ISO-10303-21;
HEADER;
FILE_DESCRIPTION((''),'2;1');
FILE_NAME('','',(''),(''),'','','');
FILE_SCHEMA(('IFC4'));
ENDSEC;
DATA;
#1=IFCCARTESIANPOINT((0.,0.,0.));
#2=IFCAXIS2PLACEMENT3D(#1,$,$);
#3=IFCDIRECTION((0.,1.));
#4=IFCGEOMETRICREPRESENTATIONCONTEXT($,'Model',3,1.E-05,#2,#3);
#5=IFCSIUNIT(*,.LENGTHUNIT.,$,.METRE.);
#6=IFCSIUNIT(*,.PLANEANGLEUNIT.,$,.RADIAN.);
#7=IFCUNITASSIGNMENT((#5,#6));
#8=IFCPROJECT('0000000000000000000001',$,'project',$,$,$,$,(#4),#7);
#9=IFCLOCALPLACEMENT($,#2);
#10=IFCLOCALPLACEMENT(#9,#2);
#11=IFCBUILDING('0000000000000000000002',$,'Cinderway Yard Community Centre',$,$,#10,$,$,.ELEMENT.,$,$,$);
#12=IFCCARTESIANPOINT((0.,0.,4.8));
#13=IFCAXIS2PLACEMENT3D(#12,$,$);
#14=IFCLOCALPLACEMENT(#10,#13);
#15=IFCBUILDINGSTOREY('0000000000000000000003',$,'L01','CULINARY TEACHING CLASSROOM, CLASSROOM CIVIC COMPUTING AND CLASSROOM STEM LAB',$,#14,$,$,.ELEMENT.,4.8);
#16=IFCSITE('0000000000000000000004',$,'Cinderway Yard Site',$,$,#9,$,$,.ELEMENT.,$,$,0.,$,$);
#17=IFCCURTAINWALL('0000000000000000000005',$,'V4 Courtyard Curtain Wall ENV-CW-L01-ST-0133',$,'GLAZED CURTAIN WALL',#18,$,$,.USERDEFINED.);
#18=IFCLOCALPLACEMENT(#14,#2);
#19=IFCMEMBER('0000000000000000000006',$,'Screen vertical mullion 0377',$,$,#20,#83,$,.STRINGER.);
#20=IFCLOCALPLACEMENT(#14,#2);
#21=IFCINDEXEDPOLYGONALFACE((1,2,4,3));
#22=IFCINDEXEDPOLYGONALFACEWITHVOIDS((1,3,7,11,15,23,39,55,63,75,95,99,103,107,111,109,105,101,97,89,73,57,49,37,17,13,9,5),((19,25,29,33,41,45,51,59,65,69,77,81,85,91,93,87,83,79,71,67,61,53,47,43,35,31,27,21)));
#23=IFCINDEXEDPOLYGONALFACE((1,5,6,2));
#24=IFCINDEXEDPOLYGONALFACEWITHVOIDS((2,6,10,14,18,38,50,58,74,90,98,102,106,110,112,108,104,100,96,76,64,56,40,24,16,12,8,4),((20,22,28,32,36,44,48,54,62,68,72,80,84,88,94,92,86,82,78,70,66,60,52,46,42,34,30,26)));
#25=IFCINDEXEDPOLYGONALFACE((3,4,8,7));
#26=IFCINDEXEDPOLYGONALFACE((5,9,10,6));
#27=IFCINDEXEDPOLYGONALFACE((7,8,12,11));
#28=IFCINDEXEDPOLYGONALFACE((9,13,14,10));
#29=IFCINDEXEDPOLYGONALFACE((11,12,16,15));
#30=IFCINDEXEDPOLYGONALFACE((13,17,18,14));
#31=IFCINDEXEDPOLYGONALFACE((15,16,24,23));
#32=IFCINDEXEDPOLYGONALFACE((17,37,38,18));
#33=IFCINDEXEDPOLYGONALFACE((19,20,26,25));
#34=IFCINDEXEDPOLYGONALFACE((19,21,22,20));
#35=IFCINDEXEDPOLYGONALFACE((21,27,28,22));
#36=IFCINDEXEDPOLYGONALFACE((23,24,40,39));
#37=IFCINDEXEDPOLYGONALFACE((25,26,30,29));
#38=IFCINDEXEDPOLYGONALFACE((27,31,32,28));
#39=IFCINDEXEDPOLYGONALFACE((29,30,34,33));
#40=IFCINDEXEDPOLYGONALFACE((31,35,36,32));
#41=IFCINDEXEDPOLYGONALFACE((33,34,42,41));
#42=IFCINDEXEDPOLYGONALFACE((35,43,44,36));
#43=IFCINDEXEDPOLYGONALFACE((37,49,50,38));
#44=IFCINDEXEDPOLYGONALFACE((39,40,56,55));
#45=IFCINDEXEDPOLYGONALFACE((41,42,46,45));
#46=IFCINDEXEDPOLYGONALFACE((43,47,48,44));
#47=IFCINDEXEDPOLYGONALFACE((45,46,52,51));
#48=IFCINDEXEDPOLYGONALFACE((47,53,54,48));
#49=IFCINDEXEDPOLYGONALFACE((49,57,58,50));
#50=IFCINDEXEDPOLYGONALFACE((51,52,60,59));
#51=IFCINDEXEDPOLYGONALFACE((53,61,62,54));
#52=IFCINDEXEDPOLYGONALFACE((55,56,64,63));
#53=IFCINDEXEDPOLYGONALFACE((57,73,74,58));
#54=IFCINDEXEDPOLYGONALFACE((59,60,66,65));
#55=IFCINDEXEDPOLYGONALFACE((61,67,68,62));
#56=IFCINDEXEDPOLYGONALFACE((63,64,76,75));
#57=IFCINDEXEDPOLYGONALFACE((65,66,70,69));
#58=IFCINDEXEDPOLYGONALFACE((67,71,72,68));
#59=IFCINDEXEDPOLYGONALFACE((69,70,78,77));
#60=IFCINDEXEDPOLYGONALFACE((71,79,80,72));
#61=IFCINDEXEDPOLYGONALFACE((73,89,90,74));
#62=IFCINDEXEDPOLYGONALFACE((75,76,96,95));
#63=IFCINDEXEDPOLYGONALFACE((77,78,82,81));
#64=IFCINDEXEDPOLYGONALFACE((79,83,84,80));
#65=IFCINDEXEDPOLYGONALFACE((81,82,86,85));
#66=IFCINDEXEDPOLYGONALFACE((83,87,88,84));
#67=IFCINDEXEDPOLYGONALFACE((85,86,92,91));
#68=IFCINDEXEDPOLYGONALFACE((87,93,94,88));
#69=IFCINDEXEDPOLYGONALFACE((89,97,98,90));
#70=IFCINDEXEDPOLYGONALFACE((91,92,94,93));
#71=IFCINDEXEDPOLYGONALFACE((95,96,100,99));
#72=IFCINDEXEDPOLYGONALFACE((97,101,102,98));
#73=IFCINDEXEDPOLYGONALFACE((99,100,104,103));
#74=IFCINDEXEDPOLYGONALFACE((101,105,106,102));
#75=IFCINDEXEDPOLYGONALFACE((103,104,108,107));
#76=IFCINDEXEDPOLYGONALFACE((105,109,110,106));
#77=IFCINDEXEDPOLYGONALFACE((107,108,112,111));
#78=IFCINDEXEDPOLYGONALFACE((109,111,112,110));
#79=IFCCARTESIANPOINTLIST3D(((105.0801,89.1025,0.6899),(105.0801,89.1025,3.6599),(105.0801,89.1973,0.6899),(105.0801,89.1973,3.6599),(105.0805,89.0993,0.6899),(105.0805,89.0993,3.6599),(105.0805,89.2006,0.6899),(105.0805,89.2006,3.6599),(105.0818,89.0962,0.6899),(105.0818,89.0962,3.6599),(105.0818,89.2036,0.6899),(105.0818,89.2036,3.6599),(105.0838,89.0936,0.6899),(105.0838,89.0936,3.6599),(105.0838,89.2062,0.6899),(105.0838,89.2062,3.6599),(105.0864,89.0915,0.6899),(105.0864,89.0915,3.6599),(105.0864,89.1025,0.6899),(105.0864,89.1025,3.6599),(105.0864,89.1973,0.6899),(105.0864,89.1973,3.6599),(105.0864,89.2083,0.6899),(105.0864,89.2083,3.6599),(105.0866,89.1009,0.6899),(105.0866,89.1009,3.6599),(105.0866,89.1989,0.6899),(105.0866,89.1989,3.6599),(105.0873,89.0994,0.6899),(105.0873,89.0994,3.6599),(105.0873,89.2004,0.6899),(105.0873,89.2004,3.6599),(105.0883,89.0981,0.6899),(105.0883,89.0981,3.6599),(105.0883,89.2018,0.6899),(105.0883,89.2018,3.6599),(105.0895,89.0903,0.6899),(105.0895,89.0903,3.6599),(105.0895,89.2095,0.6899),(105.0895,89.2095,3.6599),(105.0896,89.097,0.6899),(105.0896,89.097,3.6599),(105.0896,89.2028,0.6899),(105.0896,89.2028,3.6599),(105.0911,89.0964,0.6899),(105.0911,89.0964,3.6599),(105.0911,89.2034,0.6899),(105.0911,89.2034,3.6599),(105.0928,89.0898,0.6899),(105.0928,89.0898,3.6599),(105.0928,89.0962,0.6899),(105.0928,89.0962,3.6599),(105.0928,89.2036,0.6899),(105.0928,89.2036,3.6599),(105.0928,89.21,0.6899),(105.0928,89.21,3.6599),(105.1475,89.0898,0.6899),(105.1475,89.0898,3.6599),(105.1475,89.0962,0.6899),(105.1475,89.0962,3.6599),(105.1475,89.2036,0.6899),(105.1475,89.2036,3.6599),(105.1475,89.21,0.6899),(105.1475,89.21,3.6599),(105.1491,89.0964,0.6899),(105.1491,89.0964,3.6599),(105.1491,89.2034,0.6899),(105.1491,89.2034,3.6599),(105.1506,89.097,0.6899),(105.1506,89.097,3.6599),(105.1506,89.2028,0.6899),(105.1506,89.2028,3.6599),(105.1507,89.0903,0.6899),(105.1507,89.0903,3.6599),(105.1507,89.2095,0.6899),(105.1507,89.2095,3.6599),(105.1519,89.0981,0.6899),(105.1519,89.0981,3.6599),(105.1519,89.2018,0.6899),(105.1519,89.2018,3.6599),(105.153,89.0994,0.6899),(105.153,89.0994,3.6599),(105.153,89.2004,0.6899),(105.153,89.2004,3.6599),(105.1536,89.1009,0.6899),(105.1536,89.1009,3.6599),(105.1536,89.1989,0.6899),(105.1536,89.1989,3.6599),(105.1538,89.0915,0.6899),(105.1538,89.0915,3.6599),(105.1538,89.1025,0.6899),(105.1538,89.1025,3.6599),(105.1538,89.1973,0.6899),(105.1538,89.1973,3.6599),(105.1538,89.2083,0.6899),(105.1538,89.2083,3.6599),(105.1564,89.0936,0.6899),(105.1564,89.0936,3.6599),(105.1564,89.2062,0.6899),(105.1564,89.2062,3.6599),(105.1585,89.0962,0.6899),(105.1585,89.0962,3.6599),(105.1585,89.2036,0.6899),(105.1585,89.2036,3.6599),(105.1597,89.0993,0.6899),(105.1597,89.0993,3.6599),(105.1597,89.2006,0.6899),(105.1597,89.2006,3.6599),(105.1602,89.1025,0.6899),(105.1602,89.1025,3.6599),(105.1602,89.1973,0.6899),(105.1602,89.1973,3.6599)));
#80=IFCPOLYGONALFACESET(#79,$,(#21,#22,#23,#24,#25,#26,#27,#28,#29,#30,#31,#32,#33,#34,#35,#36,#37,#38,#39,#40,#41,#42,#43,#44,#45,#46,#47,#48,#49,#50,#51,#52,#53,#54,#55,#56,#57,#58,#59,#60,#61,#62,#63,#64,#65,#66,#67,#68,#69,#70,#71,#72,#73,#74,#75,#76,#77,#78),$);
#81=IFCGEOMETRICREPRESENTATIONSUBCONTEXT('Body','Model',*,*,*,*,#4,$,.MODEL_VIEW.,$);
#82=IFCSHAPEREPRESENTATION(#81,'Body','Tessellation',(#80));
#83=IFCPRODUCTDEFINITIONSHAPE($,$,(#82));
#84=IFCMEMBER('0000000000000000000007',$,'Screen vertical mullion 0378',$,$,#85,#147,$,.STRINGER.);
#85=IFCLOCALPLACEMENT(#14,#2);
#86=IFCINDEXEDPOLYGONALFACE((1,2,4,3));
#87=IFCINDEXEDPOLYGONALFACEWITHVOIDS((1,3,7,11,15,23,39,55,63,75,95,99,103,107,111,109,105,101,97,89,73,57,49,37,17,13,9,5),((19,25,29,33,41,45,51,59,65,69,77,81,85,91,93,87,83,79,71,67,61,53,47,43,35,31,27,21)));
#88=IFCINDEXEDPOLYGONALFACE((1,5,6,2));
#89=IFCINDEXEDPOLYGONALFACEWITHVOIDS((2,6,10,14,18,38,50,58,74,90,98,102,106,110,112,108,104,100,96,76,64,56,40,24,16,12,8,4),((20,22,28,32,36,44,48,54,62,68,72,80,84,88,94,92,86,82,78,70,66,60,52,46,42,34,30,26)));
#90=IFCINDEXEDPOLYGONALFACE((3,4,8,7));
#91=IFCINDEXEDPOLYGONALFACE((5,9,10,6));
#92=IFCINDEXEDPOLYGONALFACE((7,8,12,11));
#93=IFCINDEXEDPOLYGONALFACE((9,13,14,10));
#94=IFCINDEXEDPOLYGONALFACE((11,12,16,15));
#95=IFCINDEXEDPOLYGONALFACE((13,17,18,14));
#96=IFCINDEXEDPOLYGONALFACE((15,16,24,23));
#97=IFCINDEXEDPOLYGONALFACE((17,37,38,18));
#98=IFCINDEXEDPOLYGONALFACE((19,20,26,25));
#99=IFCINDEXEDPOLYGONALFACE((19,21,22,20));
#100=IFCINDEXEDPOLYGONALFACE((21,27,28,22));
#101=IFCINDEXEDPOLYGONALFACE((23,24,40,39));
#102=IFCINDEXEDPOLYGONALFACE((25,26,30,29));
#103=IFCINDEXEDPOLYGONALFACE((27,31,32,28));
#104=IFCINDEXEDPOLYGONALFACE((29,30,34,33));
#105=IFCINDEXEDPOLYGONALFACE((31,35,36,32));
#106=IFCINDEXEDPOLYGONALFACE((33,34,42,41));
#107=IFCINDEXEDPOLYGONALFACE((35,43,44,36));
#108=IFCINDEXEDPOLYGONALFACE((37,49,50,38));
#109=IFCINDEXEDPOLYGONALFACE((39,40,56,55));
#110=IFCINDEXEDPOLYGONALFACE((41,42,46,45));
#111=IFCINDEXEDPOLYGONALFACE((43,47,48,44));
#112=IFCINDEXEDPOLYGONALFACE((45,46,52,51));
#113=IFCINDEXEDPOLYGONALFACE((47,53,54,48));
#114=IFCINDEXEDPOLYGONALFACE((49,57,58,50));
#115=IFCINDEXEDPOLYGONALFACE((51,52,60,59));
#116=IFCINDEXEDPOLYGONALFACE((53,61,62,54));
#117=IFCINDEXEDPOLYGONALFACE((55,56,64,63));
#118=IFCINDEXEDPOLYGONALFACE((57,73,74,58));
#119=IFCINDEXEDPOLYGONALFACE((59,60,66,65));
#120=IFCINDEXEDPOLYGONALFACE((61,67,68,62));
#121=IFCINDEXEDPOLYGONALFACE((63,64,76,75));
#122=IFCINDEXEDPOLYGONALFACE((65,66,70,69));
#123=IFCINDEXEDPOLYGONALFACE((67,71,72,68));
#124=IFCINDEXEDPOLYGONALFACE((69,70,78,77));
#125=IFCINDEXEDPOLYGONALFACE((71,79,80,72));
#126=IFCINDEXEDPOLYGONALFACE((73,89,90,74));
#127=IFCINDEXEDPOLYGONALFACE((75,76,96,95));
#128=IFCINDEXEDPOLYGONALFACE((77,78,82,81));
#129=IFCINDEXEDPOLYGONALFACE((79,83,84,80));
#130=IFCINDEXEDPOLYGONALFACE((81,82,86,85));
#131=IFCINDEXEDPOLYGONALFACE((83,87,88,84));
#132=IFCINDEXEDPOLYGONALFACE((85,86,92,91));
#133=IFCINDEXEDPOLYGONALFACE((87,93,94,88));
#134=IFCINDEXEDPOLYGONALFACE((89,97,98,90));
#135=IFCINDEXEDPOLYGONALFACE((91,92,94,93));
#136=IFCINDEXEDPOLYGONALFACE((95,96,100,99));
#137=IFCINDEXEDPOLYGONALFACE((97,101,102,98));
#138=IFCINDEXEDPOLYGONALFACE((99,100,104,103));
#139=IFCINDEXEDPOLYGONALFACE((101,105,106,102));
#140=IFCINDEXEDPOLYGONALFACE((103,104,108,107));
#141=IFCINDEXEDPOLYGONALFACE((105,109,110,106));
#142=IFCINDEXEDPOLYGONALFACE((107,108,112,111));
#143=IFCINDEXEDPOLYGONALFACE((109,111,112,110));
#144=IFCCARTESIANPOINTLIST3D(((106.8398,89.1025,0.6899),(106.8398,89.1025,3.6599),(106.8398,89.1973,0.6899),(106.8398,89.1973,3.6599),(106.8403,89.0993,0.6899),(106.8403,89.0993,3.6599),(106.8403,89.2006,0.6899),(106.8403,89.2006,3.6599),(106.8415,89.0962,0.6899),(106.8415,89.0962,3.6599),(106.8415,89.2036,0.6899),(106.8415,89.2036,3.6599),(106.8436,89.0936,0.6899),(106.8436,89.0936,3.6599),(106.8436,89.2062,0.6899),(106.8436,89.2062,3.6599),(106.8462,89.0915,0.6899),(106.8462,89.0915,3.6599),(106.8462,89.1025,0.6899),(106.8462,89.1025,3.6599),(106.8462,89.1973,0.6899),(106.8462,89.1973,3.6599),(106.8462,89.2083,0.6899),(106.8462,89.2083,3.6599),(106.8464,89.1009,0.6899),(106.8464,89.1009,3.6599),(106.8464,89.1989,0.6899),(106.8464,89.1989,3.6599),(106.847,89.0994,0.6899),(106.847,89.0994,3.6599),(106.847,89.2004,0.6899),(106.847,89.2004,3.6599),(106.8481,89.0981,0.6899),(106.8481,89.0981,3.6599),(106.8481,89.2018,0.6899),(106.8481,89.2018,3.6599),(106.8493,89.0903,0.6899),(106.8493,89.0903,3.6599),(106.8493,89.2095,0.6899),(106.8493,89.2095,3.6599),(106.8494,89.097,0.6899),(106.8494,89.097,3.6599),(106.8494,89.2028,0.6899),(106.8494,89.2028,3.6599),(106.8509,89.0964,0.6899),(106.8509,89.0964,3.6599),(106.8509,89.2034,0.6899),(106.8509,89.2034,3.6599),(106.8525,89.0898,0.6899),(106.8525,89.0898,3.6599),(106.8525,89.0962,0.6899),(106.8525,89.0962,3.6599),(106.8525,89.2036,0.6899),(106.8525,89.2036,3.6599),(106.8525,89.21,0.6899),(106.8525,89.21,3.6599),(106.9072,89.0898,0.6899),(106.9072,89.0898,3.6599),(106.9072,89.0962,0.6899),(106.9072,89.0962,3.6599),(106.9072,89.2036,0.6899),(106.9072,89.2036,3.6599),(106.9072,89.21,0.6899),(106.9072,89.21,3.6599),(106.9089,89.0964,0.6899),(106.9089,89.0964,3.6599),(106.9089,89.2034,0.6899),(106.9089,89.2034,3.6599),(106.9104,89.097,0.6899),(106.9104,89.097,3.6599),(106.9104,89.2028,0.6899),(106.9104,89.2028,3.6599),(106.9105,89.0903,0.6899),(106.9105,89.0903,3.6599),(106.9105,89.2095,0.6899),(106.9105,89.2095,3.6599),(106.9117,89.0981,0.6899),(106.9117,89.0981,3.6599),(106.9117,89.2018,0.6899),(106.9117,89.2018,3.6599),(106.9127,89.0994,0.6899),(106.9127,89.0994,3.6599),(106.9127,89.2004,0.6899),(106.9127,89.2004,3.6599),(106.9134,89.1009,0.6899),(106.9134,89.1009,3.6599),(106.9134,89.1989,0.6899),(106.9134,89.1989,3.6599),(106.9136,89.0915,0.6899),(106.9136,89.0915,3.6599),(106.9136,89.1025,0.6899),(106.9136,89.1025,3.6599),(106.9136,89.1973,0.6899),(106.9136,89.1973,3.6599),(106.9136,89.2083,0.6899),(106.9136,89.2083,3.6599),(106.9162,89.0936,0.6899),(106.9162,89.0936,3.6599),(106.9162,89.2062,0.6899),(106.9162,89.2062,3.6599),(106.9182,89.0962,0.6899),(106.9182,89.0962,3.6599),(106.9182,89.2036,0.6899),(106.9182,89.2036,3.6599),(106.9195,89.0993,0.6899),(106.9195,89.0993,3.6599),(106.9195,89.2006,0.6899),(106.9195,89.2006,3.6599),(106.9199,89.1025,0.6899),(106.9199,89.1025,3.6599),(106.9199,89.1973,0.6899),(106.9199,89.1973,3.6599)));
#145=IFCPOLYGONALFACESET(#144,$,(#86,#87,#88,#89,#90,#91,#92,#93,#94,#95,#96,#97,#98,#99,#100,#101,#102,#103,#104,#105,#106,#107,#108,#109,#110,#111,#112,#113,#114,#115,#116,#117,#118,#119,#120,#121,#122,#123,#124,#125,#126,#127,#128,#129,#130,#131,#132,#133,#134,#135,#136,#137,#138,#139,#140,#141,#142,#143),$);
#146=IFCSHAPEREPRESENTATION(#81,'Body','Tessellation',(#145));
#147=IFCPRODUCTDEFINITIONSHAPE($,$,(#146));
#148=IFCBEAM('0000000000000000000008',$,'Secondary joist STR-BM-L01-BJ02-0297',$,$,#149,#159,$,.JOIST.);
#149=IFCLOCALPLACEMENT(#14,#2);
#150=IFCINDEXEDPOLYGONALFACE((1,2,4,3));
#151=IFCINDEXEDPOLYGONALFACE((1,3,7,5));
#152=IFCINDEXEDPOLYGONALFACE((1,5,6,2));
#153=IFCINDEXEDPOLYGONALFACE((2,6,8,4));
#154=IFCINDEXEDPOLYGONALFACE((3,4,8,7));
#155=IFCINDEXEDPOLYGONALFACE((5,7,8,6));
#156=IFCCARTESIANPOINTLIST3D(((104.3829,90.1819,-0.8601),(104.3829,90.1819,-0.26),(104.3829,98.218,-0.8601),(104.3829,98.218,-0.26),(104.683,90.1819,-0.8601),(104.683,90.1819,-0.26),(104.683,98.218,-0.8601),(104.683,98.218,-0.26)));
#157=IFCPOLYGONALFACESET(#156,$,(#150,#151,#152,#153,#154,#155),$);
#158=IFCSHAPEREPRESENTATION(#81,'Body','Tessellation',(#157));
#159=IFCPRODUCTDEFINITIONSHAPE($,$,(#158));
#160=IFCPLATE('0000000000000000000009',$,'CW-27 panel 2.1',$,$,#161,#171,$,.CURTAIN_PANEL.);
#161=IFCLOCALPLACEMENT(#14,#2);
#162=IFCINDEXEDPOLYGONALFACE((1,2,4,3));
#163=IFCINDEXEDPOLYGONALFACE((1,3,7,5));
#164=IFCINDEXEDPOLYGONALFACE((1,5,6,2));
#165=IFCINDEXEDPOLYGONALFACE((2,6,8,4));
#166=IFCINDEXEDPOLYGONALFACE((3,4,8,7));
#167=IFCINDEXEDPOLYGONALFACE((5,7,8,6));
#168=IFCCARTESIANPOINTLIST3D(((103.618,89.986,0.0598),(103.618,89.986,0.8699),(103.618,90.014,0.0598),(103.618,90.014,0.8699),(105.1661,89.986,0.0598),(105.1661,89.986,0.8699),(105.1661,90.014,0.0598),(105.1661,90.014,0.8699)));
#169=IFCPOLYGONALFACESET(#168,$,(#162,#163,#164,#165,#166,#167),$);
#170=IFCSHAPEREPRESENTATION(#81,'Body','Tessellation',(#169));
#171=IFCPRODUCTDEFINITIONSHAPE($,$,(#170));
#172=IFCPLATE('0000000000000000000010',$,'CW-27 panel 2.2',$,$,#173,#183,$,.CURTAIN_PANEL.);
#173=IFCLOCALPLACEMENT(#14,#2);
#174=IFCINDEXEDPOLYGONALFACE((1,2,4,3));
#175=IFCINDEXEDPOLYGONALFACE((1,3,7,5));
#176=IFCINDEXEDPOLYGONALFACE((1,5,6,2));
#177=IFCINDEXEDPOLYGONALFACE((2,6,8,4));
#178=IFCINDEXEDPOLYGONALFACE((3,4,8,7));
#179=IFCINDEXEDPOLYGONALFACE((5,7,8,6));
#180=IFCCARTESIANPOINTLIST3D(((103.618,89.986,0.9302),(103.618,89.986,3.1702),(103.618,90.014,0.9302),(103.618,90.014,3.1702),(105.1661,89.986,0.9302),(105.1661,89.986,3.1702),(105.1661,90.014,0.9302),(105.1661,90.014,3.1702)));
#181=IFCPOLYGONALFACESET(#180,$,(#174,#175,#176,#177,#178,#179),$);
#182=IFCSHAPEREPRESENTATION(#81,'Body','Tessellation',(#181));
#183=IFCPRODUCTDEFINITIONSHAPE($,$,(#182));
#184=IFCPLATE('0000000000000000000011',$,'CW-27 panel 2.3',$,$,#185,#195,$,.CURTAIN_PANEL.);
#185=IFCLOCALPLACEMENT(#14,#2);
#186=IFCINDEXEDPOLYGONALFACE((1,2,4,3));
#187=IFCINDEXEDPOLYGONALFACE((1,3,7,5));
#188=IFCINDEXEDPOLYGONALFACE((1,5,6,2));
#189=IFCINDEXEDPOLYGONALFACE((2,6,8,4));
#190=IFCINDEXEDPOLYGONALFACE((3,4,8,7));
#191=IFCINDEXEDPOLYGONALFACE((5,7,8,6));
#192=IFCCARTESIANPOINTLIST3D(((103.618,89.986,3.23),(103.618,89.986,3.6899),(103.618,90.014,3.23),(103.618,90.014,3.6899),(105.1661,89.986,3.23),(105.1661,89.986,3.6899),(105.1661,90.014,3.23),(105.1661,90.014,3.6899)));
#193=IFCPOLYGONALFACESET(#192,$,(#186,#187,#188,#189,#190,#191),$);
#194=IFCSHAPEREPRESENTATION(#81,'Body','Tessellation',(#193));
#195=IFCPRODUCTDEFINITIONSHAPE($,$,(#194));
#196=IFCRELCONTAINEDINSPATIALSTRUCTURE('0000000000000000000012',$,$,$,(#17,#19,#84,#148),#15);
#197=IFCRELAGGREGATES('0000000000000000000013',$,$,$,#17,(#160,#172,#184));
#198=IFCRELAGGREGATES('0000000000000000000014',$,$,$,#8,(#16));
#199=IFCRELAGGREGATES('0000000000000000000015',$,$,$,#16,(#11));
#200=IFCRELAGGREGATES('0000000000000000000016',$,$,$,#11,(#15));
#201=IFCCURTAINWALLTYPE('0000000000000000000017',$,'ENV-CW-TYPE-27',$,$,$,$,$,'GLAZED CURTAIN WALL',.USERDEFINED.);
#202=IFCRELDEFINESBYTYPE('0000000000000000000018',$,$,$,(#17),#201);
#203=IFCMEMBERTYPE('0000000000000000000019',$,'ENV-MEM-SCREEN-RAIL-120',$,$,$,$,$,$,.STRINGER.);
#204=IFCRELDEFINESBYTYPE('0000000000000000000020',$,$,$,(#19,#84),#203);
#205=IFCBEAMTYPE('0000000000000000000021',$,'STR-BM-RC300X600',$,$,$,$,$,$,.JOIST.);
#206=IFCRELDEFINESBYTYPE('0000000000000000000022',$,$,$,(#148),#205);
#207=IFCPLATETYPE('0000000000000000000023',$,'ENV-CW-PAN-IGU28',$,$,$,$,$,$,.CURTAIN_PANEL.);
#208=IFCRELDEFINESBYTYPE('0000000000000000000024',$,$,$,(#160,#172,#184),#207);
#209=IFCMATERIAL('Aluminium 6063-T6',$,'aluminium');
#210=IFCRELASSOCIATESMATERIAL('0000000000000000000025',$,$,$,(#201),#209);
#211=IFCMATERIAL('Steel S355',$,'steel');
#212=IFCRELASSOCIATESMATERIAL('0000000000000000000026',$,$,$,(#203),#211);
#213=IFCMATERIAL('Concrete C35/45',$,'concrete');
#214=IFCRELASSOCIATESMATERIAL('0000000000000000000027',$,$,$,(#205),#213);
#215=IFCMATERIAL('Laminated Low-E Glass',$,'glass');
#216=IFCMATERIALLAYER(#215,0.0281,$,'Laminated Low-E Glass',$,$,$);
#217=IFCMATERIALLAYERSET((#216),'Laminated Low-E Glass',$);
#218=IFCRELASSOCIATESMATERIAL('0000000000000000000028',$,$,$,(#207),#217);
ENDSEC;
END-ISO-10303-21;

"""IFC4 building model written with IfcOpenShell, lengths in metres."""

from ifc_helpers import new_model, si_unit, direction, frame, origin, origin_2d, place, context, subcontext, project, spatial, rectangle, hollow_rectangle, extrude, material, layer, layer_set, material_profile, profile_set, type_object, element, aggregate, save


model = new_model("IFC4")

# Units and contexts
model_context = context("Model", 3, precision=1e-05, world=origin(), true_north=direction((0.0, 1.0)))
body_context = subcontext(model_context, "Body", "Model", "MODEL_VIEW")
ifc_project = project(units=[si_unit("LENGTHUNIT", "METRE"), si_unit("PLANEANGLEUNIT", "RADIAN")], contexts=[model_context])

# Site, building, storey
site_placement = place(None, origin())
site = spatial("IfcSite", under=ifc_project, at=site_placement, Name="Cinderway Yard Site", CompositionType="ELEMENT", RefElevation=0.0)
building_placement = place(site_placement, origin())
building = spatial("IfcBuilding", under=site, at=building_placement, Name="Cinderway Yard Community Centre", CompositionType="ELEMENT")
storey_placement = place(building_placement, frame((0.0, 0.0, 4.8)))
storey = spatial("IfcBuildingStorey", under=building, at=storey_placement, Name="L01", Description="CULINARY TEACHING CLASSROOM, CLASSROOM CIVIC COMPUTING AND CLASSROOM STEM LAB", CompositionType="ELEMENT", Elevation=4.8)

# Curtain wall
ifc_material_1 = material(Name="Aluminium 6063-T6", Category="aluminium")
curtain_wall_type = type_object("IfcCurtainWallType", Name="ENV-CW-TYPE-27", ElementType="GLAZED CURTAIN WALL", PredefinedType="USERDEFINED", material=ifc_material_1)
curtain_wall_placement = place(storey_placement, origin())
curtain_wall = element("IfcCurtainWall", 1, at=curtain_wall_placement, inside=storey, type_object=curtain_wall_type, Name="V4 Courtyard Curtain Wall ENV-CW-L01-ST-0133", ObjectType="GLAZED CURTAIN WALL", PredefinedType="USERDEFINED")

# Members
ifc_material_2 = material(Name="Steel S355", Category="steel")
ifc_material_profile_1 = material_profile(ifc_material_2, hollow_rectangle(XDim=0.0801, YDim=0.1201, WallThickness=0.0063, InnerFilletRadius=0.0063, OuterFilletRadius=0.0127, at=origin_2d()), Name="Steel S355")
ifc_profile_set_1 = profile_set([ifc_material_profile_1], Name="Steel S355")
member_type_1 = type_object("IfcMemberType", Name="ENV-MEM-SCREEN-RAIL-120", PredefinedType="STRINGER", material=ifc_profile_set_1)
for number, where, z_axis, x_axis, name in (
    (2, (105.1201, 89.1499, 0.6899), (0.0, 0.0, 1.0), (1.0, 0.0, 0.0), "Screen vertical mullion 0377"),
    (3, (106.8799, 89.1499, 0.6899), (0.0, 0.0, 1.0), (1.0, 0.0, 0.0), "Screen vertical mullion 0378"),
):
    element("IfcMember", number, at=place(storey_placement, frame(where, z_axis=z_axis, x_axis=x_axis)), inside=storey, type_object=member_type_1, Name=name, PredefinedType="STRINGER", context=body_context, shape_type="SweptSolid", body=[
        extrude(hollow_rectangle(XDim=0.0801, YDim=0.1201, WallThickness=0.0063, InnerFilletRadius=0.0063, OuterFilletRadius=0.0127, at=origin_2d()), origin(), (0.0, 0.0, 1.0), 2.97),
    ])

# Beam
ifc_material_3 = material(Name="Concrete C35/45", Category="concrete")
ifc_material_profile_2 = material_profile(ifc_material_3, rectangle(XDim=0.3, YDim=0.6001, at=origin_2d()), Name="Concrete C35/45")
ifc_profile_set_2 = profile_set([ifc_material_profile_2], Name="Concrete C35/45")
beam_type = type_object("IfcBeamType", Name="STR-BM-RC300X600", PredefinedType="JOIST", material=ifc_profile_set_2)
beam_placement = place(storey_placement, frame((104.533, 90.1819, -0.5601), z_axis=(0.0, 1.0, 0.0), x_axis=(-1.0, 0.0, 0.0)))
element("IfcBeam", 4, at=beam_placement, inside=storey, type_object=beam_type, Name="Secondary joist STR-BM-L01-BJ02-0297", PredefinedType="JOIST", context=body_context, shape_type="SweptSolid", body=[
    extrude(rectangle(XDim=0.3, YDim=0.6001, at=origin_2d()), origin(), (0.0, 0.0, 1.0), 8.0361),
])

# Plates
ifc_material_4 = material(Name="Laminated Low-E Glass", Category="glass")
ifc_layer_1 = layer(ifc_material_4, 0.0281, Name="Laminated Low-E Glass")
ifc_layer_set_1 = layer_set([ifc_layer_1], Name="Laminated Low-E Glass")
plate_type_1 = type_object("IfcPlateType", Name="ENV-CW-PAN-IGU28", PredefinedType="CURTAIN_PANEL", material=ifc_layer_set_1)
plate_1_placement = place(storey_placement, frame((104.3921, 90.0, 0.0598), z_axis=(0.0, 0.0, 1.0), x_axis=(1.0, 0.0, 0.0)))
plate_1 = element("IfcPlate", 5, at=plate_1_placement, type_object=plate_type_1, Name="CW-27 panel 2.1", PredefinedType="CURTAIN_PANEL", context=body_context, shape_type="SweptSolid", body=[
    extrude(rectangle(XDim=1.5481, YDim=0.0281, at=origin_2d()), origin(), (0.0, 0.0, 1.0), 0.8101),
])
plate_2_placement = place(storey_placement, frame((104.3921, 90.0, 0.9302), z_axis=(0.0, 0.0, 1.0), x_axis=(1.0, 0.0, 0.0)))
plate_2 = element("IfcPlate", 6, at=plate_2_placement, type_object=plate_type_1, Name="CW-27 panel 2.2", PredefinedType="CURTAIN_PANEL", context=body_context, shape_type="SweptSolid", body=[
    extrude(rectangle(XDim=1.5481, YDim=0.0281, at=origin_2d()), origin(), (0.0, 0.0, 1.0), 2.24),
])
plate_3_placement = place(storey_placement, frame((104.3921, 90.0, 3.23), z_axis=(0.0, 0.0, 1.0), x_axis=(1.0, 0.0, 0.0)))
plate_3 = element("IfcPlate", 7, at=plate_3_placement, type_object=plate_type_1, Name="CW-27 panel 2.3", PredefinedType="CURTAIN_PANEL", context=body_context, shape_type="SweptSolid", body=[
    extrude(rectangle(XDim=1.5481, YDim=0.0281, at=origin_2d()), origin(), (0.0, 0.0, 1.0), 0.46),
])
aggregate(curtain_wall, [plate_1, plate_2, plate_3])

save(model, "model.ifc")
